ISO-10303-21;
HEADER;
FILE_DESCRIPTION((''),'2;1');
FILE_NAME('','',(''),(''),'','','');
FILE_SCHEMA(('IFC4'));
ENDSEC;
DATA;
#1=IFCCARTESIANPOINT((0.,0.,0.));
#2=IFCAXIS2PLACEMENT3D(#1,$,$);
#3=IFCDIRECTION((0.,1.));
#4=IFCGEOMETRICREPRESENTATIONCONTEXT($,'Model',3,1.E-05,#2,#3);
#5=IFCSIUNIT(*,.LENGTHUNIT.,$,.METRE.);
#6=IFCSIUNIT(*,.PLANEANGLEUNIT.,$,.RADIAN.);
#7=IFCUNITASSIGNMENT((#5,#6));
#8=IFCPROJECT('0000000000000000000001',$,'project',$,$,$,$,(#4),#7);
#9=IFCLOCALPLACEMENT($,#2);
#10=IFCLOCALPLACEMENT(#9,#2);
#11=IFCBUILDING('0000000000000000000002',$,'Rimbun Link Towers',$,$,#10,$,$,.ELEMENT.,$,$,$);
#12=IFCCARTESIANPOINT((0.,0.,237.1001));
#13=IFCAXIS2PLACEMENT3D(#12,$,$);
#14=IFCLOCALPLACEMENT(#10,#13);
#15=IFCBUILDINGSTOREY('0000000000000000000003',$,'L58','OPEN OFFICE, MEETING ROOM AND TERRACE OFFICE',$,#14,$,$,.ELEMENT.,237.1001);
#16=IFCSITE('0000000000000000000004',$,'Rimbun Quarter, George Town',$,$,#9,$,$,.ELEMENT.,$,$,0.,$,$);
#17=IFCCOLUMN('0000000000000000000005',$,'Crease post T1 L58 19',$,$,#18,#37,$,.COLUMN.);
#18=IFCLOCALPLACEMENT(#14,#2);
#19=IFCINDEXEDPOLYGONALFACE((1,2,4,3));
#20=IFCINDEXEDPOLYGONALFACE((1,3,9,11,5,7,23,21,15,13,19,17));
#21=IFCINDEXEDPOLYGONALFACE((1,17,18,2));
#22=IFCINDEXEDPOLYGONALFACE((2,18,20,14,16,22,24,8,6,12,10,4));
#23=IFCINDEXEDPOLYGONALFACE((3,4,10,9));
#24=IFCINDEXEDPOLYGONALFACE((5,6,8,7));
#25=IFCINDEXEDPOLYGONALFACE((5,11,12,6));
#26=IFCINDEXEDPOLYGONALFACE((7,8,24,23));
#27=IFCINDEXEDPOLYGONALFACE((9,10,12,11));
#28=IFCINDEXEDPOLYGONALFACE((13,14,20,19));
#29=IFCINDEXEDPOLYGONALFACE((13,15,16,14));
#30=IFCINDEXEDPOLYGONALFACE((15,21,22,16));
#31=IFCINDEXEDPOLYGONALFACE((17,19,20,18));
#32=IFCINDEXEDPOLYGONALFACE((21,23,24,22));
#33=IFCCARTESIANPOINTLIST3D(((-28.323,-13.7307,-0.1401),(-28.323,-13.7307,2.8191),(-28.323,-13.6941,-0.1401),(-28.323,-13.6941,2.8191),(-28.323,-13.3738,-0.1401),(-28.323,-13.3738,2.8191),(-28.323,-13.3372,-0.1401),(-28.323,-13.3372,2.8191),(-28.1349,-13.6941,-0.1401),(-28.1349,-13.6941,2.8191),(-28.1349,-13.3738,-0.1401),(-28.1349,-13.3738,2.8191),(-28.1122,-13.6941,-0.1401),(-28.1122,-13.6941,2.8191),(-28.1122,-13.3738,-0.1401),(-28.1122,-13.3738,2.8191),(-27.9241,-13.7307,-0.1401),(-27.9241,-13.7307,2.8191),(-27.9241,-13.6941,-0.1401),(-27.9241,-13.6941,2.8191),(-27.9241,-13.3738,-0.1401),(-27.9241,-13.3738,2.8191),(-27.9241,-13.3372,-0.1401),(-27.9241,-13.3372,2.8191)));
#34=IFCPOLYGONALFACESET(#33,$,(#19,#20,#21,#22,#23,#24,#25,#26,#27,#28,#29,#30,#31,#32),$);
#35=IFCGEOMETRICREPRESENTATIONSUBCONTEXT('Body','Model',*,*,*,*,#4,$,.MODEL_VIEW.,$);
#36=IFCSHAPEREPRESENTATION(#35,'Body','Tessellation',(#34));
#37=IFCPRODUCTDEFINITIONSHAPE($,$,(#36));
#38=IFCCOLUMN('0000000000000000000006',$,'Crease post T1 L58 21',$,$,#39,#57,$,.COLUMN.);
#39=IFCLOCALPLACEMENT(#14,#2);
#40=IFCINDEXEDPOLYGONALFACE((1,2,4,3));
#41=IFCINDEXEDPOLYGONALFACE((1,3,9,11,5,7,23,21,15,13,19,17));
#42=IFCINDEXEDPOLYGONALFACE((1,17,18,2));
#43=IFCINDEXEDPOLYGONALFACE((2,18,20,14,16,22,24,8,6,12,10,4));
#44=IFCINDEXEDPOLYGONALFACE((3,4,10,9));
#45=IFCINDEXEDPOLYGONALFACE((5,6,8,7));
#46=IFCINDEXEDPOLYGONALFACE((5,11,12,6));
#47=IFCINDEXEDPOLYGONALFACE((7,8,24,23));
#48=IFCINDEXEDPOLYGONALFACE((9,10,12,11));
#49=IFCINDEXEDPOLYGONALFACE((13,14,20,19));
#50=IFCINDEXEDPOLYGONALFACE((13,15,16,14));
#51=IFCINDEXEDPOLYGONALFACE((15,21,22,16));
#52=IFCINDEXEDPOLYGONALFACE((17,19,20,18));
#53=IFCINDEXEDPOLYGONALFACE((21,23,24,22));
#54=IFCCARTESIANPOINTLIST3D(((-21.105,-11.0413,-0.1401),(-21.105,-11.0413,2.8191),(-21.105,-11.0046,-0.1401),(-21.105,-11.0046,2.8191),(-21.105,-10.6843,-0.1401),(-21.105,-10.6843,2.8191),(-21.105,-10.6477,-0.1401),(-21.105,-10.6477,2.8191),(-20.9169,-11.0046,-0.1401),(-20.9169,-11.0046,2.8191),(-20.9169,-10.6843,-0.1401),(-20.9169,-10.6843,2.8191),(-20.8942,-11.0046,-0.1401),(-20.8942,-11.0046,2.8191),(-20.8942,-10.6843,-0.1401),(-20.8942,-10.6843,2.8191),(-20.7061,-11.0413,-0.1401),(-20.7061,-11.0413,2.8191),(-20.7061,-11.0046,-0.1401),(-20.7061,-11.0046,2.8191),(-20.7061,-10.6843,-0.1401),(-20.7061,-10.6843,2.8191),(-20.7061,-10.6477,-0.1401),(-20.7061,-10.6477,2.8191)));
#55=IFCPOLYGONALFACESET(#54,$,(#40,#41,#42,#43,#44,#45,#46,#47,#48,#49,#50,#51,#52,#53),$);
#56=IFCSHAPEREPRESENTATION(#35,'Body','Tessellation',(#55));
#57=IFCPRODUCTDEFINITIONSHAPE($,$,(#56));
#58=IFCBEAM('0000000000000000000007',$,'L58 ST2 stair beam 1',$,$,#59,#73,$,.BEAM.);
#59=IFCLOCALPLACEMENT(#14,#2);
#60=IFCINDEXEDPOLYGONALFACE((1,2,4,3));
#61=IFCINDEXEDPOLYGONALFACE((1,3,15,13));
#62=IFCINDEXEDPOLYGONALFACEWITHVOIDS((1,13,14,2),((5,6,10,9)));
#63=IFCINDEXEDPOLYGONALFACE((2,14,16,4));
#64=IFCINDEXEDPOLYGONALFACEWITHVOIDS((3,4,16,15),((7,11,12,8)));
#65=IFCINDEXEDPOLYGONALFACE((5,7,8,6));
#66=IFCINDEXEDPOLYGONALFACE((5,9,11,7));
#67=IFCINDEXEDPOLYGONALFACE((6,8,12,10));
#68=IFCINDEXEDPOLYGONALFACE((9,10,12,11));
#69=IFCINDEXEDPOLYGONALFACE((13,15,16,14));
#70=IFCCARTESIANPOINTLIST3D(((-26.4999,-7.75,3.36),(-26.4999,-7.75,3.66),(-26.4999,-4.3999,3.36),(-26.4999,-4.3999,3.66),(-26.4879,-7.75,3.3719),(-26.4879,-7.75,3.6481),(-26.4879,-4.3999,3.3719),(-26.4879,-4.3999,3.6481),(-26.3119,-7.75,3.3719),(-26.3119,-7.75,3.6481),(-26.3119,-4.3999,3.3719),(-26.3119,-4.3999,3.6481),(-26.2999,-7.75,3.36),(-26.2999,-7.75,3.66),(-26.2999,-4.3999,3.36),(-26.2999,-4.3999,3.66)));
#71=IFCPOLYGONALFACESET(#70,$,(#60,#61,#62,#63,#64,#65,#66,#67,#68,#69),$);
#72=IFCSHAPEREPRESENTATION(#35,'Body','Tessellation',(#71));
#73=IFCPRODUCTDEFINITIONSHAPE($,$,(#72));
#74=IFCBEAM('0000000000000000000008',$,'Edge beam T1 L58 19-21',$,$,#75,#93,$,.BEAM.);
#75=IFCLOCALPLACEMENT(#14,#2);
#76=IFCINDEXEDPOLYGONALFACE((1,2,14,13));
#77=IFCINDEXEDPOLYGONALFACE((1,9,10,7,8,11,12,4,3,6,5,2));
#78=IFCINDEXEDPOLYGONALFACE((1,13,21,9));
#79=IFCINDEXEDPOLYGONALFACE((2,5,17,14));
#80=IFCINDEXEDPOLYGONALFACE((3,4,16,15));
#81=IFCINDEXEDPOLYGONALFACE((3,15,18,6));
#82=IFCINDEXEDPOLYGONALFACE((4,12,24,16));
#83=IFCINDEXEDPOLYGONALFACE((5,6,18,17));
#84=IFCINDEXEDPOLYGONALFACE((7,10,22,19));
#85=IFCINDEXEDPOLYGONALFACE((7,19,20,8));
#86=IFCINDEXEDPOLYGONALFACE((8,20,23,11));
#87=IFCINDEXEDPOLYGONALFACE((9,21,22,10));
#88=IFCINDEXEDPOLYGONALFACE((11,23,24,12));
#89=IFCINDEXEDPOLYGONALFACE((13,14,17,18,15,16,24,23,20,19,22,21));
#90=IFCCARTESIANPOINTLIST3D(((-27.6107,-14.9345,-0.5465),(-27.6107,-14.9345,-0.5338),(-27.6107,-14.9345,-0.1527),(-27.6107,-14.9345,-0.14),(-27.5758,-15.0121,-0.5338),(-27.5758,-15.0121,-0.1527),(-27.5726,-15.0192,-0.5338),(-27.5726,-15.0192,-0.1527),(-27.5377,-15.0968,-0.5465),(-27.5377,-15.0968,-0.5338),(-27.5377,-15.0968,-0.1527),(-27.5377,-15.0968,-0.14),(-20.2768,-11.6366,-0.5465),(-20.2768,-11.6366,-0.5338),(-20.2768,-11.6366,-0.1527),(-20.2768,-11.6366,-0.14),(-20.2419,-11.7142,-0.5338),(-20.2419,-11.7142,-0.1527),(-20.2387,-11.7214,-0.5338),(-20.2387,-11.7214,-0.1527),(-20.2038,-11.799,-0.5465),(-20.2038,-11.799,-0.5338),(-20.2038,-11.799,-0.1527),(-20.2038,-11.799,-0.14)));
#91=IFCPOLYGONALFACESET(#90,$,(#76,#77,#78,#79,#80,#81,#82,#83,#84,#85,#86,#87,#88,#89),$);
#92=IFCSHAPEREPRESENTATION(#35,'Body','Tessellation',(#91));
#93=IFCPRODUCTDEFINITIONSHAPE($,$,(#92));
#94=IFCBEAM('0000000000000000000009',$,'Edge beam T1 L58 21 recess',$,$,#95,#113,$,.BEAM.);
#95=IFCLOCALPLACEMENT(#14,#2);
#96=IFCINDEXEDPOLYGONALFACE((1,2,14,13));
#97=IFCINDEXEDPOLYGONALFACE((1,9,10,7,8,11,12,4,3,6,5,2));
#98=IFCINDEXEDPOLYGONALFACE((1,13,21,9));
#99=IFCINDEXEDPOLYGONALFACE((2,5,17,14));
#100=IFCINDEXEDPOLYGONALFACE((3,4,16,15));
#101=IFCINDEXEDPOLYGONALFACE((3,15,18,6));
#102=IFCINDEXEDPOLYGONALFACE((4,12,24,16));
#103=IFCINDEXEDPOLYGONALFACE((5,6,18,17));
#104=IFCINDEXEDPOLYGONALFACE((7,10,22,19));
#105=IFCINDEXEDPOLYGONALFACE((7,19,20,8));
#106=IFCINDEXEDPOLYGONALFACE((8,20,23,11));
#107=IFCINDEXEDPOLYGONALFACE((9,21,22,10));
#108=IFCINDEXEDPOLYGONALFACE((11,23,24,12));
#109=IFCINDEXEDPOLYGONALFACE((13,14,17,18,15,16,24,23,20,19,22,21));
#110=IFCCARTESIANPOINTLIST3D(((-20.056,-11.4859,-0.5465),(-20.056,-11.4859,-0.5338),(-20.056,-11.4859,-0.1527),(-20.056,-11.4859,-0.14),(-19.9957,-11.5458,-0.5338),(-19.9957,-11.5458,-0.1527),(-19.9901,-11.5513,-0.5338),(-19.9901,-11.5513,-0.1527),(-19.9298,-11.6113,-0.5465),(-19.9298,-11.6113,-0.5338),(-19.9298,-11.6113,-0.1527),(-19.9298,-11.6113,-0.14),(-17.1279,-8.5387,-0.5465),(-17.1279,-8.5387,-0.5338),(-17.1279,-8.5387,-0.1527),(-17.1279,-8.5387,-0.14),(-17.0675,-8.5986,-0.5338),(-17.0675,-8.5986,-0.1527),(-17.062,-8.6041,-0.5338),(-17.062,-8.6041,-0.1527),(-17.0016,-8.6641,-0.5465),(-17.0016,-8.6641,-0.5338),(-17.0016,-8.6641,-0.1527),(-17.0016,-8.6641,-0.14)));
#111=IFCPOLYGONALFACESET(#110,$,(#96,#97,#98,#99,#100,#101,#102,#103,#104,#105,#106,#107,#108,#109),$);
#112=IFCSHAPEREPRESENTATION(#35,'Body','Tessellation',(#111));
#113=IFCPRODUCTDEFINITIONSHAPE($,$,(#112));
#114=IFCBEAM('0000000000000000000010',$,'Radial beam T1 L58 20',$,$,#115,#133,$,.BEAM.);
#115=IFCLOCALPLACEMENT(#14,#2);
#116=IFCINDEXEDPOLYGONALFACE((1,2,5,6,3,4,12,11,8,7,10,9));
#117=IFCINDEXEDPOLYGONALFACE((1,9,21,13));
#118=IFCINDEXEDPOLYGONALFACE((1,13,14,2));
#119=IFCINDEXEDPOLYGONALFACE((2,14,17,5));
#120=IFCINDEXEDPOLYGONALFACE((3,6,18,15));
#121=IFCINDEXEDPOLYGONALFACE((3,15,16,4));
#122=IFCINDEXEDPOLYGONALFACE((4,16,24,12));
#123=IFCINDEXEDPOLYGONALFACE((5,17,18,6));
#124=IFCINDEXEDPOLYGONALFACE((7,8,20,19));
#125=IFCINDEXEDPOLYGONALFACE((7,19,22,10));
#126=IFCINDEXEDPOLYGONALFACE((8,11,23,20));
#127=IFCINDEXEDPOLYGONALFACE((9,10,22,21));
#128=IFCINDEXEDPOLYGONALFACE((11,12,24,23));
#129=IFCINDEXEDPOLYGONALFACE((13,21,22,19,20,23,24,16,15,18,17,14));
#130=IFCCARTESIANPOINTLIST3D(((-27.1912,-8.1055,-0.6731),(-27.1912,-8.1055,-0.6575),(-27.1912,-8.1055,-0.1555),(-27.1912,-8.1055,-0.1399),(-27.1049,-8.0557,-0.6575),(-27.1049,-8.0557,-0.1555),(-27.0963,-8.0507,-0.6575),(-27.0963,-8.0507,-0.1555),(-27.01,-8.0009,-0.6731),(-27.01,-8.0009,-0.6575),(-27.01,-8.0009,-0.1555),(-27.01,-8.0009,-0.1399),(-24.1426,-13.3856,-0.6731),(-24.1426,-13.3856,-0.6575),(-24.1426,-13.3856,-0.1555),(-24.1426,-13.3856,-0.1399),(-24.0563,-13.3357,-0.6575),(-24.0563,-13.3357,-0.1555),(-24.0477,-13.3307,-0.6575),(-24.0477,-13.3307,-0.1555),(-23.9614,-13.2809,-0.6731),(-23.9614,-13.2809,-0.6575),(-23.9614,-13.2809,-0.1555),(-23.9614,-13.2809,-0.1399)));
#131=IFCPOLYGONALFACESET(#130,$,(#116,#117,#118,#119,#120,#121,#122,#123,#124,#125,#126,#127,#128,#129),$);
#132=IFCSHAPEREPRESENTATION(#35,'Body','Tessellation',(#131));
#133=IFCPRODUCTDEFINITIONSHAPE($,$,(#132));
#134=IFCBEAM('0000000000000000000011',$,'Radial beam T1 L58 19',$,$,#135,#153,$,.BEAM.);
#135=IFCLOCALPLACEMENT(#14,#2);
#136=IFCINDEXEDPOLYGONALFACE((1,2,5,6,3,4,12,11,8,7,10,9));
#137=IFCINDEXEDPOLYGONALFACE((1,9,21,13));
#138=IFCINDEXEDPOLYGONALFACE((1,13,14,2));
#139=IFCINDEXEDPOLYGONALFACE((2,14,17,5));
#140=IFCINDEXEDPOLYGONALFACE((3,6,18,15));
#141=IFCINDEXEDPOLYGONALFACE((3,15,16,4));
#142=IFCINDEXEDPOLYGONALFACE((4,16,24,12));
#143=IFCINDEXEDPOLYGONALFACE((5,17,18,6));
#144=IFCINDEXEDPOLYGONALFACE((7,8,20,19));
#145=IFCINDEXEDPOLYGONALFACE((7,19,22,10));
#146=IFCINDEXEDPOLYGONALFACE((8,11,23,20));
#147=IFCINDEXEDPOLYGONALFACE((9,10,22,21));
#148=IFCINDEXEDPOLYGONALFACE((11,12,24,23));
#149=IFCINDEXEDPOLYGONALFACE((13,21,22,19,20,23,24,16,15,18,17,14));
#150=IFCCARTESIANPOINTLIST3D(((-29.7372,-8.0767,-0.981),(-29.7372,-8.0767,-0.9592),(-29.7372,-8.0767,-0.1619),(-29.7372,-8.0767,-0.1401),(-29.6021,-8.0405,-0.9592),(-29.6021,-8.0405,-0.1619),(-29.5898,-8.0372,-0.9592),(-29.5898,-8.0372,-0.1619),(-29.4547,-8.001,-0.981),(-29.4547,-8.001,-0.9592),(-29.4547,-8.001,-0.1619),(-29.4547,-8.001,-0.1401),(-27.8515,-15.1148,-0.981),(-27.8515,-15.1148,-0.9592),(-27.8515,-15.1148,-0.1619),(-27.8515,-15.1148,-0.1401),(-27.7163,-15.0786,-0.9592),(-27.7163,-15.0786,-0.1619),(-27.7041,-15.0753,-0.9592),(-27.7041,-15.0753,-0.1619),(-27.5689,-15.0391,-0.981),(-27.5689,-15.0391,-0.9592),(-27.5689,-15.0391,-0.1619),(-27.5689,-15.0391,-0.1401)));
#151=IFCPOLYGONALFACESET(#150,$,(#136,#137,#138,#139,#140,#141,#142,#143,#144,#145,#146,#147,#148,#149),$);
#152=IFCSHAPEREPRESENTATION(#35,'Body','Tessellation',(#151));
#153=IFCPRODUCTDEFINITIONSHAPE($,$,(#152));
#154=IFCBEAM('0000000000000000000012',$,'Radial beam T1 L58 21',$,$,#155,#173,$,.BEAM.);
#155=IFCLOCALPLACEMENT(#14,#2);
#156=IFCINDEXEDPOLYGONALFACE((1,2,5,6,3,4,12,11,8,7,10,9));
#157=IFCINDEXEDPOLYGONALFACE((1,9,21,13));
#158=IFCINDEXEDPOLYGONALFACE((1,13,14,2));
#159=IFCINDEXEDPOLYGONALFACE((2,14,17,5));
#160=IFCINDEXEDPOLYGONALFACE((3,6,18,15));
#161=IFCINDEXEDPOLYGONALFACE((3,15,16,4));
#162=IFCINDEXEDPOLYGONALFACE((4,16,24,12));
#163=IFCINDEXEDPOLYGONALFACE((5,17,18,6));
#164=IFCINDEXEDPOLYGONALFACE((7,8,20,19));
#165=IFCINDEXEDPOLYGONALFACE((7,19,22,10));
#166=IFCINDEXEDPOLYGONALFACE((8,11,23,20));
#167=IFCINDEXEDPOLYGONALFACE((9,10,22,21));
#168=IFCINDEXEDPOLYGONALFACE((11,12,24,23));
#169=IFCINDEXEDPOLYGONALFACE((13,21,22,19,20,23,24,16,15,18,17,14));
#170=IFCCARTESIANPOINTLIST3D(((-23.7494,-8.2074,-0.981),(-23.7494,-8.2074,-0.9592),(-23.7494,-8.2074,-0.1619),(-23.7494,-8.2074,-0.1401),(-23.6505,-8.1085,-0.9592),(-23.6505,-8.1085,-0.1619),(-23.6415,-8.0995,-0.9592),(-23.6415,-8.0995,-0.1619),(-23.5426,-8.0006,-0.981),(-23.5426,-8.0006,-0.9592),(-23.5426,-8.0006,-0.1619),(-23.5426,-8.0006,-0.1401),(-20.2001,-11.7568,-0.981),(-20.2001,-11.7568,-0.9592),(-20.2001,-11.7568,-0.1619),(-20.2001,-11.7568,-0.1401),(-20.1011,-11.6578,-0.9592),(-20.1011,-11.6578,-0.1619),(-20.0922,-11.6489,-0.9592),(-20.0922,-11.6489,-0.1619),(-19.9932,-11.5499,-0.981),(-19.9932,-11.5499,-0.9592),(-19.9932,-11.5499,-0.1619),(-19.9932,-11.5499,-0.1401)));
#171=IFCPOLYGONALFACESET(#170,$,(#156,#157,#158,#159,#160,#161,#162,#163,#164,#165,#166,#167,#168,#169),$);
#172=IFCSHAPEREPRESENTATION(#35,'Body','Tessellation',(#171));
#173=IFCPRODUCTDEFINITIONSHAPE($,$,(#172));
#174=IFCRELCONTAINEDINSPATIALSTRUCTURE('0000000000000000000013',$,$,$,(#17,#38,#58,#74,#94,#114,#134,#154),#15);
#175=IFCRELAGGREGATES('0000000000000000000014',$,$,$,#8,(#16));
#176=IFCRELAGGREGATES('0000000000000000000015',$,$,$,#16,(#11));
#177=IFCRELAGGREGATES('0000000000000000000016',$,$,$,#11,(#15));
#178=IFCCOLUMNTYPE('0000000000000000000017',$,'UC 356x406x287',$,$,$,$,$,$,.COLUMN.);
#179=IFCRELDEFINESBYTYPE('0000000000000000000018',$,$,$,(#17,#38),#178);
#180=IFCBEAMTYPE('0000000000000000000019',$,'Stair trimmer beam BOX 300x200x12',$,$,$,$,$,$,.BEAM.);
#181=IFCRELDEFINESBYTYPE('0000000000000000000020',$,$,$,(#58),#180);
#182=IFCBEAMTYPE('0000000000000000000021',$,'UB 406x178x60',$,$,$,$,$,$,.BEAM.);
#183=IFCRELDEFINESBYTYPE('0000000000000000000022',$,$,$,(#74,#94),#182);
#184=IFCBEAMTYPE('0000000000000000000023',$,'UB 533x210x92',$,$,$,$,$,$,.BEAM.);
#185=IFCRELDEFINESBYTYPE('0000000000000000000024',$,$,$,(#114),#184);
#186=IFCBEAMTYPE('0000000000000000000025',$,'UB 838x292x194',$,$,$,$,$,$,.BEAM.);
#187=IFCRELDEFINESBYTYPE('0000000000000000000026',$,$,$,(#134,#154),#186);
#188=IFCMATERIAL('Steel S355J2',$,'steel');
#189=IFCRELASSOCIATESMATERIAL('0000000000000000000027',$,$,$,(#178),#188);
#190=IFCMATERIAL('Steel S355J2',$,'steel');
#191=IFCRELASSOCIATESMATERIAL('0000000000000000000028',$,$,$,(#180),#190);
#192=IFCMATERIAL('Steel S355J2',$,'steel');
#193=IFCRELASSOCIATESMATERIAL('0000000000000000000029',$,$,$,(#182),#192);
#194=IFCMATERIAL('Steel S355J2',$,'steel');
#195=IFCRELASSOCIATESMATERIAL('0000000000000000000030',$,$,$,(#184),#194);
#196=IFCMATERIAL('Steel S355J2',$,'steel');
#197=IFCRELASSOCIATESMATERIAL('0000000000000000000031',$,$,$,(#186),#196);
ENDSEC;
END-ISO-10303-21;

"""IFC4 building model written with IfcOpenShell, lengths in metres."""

from ifc_helpers import new_model, si_unit, direction, frame, origin, origin_2d, place, context, subcontext, project, spatial, hollow_rectangle, i_section, extrude, material, material_profile, profile_set, type_object, element, save


model = new_model("IFC4")

# Units and contexts
model_context = context("Model", 3, precision=1e-05, world=origin(), true_north=direction((0.0, 1.0)))
body_context = subcontext(model_context, "Body", "Model", "MODEL_VIEW")
ifc_project = project(units=[si_unit("LENGTHUNIT", "METRE"), si_unit("PLANEANGLEUNIT", "RADIAN")], contexts=[model_context])

# Site, building, storey
site_placement = place(None, origin())
site = spatial("IfcSite", under=ifc_project, at=site_placement, Name="Rimbun Quarter, George Town", CompositionType="ELEMENT", RefElevation=0.0)
building_placement = place(site_placement, origin())
building = spatial("IfcBuilding", under=site, at=building_placement, Name="Rimbun Link Towers", CompositionType="ELEMENT")
storey_placement = place(building_placement, frame((0.0, 0.0, 237.1001)))
storey = spatial("IfcBuildingStorey", under=building, at=storey_placement, Name="L58", Description="OPEN OFFICE, MEETING ROOM AND TERRACE OFFICE", CompositionType="ELEMENT", Elevation=237.1001)

# Columns
ifc_material_1 = material(Name="Steel S355J2", Category="steel")
ifc_material_profile_1 = material_profile(ifc_material_1, i_section(OverallWidth=0.3989, OverallDepth=0.3936, WebThickness=0.0227, FlangeThickness=0.0366, at=origin_2d()), Name="UC 356x406x287")
ifc_profile_set_1 = profile_set([ifc_material_profile_1], Name="Steel S355J2")
column_type = type_object("IfcColumnType", Name="UC 356x406x287", PredefinedType="COLUMN", material=ifc_profile_set_1)
for number, where, z_axis, x_axis, name in (
    (1, (-28.1235, -13.5339, -0.1401), (0.0, 0.0, 1.0), (1.0, 0.0, 0.0), "Crease post T1 L58 19"),
    (2, (-20.9055, -10.8445, -0.1401), (0.0, 0.0, 1.0), (1.0, 0.0, 0.0), "Crease post T1 L58 21"),
):
    element("IfcColumn", number, at=place(storey_placement, frame(where, z_axis=z_axis, x_axis=x_axis)), inside=storey, type_object=column_type, Name=name, PredefinedType="COLUMN", context=body_context, shape_type="SweptSolid", body=[
        extrude(i_section(OverallWidth=0.3989, OverallDepth=0.3936, WebThickness=0.0227, FlangeThickness=0.0366, at=origin_2d()), origin(), (0.0, 0.0, 1.0), 2.9592),
    ])

# Beams
ifc_material_2 = material(Name="Steel S355J2", Category="steel")
ifc_material_profile_2 = material_profile(ifc_material_2, hollow_rectangle(XDim=0.2, YDim=0.3, WallThickness=0.012, at=origin_2d()), Name="BOX 300x200x12")
ifc_profile_set_2 = profile_set([ifc_material_profile_2], Name="Steel S355J2")
beam_type_1 = type_object("IfcBeamType", Name="Stair trimmer beam BOX 300x200x12", PredefinedType="BEAM", material=ifc_profile_set_2)
beam_1_placement = place(storey_placement, frame((-26.3999, -7.75, 3.51), z_axis=(0.0, 1.0, 0.0), x_axis=(-1.0, 0.0, 0.0)))
element("IfcBeam", 3, at=beam_1_placement, inside=storey, type_object=beam_type_1, Name="L58 ST2 stair beam 1", PredefinedType="BEAM", context=body_context, shape_type="SweptSolid", body=[
    extrude(hollow_rectangle(XDim=0.2, YDim=0.3, WallThickness=0.012, at=origin_2d()), origin(), (0.0, 0.0, 1.0), 3.3501),
])
ifc_material_3 = material(Name="Steel S355J2", Category="steel")
ifc_material_profile_3 = material_profile(ifc_material_3, i_section(OverallWidth=0.178, OverallDepth=0.4065, WebThickness=0.0078, FlangeThickness=0.0127, at=origin_2d()), Name="UB 406x178x60")
ifc_profile_set_3 = profile_set([ifc_material_profile_3], Name="Steel S355J2")
beam_type_2 = type_object("IfcBeamType", Name="UB 406x178x60", PredefinedType="BEAM", material=ifc_profile_set_3)
beam_2_placement = place(storey_placement, frame((-27.5742, -15.0156, -0.3433), z_axis=(0.912035, 0.410112, 0.0), x_axis=(-0.410112, 0.912035, 0.0)))
element("IfcBeam", 4, at=beam_2_placement, inside=storey, type_object=beam_type_2, Name="Edge beam T1 L58 19-21", PredefinedType="BEAM", context=body_context, shape_type="SweptSolid", body=[
    extrude(i_section(OverallWidth=0.178, OverallDepth=0.4065, WebThickness=0.0078, FlangeThickness=0.0127, at=origin_2d()), origin(), (0.0, 0.0, 1.0), 8.0413),
])
beam_3_placement = place(storey_placement, frame((-19.9929, -11.5486, -0.3433), z_axis=(0.704811, 0.709395, 0.0), x_axis=(-0.709395, 0.704811, 0.0)))
element("IfcBeam", 5, at=beam_3_placement, inside=storey, type_object=beam_type_2, Name="Edge beam T1 L58 21 recess", PredefinedType="BEAM", context=body_context, shape_type="SweptSolid", body=[
    extrude(i_section(OverallWidth=0.178, OverallDepth=0.4065, WebThickness=0.0078, FlangeThickness=0.0127, at=origin_2d()), origin(), (0.0, 0.0, 1.0), 4.1545),
])
ifc_material_4 = material(Name="Steel S355J2", Category="steel")
ifc_material_profile_4 = material_profile(ifc_material_4, i_section(OverallWidth=0.2092, OverallDepth=0.5332, WebThickness=0.01, FlangeThickness=0.0156, at=origin_2d()), Name="UB 533x210x92")
ifc_profile_set_4 = profile_set([ifc_material_profile_4], Name="Steel S355J2")
beam_type_3 = type_object("IfcBeamType", Name="UB 533x210x92", PredefinedType="BEAM", material=ifc_profile_set_4)
beam_4_placement = place(storey_placement, frame((-27.1006, -8.0532, -0.4065), z_axis=(0.500019, -0.866014, 0.0), x_axis=(0.866014, 0.500019, 0.0)))
element("IfcBeam", 6, at=beam_4_placement, inside=storey, type_object=beam_type_3, Name="Radial beam T1 L58 20", PredefinedType="BEAM", context=body_context, shape_type="SweptSolid", body=[
    extrude(i_section(OverallWidth=0.2092, OverallDepth=0.5332, WebThickness=0.01, FlangeThickness=0.0156, at=origin_2d()), origin(), (0.0, 0.0, 1.0), 6.0969),
])
ifc_material_5 = material(Name="Steel S355J2", Category="steel")
ifc_material_profile_5 = material_profile(ifc_material_5, i_section(OverallWidth=0.2925, OverallDepth=0.8408, WebThickness=0.0127, FlangeThickness=0.0217, at=origin_2d()), Name="UB 838x292x194")
ifc_profile_set_5 = profile_set([ifc_material_profile_5], Name="Steel S355J2")
beam_type_4 = type_object("IfcBeamType", Name="UB 838x292x194", PredefinedType="BEAM", material=ifc_profile_set_5)
beam_5_placement = place(storey_placement, frame((-29.5959, -8.0388, -0.5605), z_axis=(0.258805, -0.96593, 0.0), x_axis=(0.96593, 0.258805, 0.0)))
element("IfcBeam", 7, at=beam_5_placement, inside=storey, type_object=beam_type_4, Name="Radial beam T1 L58 19", PredefinedType="BEAM", context=body_context, shape_type="SweptSolid", body=[
    extrude(i_section(OverallWidth=0.2925, OverallDepth=0.8408, WebThickness=0.0127, FlangeThickness=0.0217, at=origin_2d()), origin(), (0.0, 0.0, 1.0), 7.2864),
])
beam_6_placement = place(storey_placement, frame((-23.646, -8.104, -0.5605), z_axis=(0.707107, -0.707107, 0.0), x_axis=(0.707107, 0.707107, 0.0)))
element("IfcBeam", 8, at=beam_6_placement, inside=storey, type_object=beam_type_4, Name="Radial beam T1 L58 21", PredefinedType="BEAM", context=body_context, shape_type="SweptSolid", body=[
    extrude(i_section(OverallWidth=0.2925, OverallDepth=0.8408, WebThickness=0.0127, FlangeThickness=0.0217, at=origin_2d()), origin(), (0.0, 0.0, 1.0), 5.0195),
])

save(model, "model.ifc")
